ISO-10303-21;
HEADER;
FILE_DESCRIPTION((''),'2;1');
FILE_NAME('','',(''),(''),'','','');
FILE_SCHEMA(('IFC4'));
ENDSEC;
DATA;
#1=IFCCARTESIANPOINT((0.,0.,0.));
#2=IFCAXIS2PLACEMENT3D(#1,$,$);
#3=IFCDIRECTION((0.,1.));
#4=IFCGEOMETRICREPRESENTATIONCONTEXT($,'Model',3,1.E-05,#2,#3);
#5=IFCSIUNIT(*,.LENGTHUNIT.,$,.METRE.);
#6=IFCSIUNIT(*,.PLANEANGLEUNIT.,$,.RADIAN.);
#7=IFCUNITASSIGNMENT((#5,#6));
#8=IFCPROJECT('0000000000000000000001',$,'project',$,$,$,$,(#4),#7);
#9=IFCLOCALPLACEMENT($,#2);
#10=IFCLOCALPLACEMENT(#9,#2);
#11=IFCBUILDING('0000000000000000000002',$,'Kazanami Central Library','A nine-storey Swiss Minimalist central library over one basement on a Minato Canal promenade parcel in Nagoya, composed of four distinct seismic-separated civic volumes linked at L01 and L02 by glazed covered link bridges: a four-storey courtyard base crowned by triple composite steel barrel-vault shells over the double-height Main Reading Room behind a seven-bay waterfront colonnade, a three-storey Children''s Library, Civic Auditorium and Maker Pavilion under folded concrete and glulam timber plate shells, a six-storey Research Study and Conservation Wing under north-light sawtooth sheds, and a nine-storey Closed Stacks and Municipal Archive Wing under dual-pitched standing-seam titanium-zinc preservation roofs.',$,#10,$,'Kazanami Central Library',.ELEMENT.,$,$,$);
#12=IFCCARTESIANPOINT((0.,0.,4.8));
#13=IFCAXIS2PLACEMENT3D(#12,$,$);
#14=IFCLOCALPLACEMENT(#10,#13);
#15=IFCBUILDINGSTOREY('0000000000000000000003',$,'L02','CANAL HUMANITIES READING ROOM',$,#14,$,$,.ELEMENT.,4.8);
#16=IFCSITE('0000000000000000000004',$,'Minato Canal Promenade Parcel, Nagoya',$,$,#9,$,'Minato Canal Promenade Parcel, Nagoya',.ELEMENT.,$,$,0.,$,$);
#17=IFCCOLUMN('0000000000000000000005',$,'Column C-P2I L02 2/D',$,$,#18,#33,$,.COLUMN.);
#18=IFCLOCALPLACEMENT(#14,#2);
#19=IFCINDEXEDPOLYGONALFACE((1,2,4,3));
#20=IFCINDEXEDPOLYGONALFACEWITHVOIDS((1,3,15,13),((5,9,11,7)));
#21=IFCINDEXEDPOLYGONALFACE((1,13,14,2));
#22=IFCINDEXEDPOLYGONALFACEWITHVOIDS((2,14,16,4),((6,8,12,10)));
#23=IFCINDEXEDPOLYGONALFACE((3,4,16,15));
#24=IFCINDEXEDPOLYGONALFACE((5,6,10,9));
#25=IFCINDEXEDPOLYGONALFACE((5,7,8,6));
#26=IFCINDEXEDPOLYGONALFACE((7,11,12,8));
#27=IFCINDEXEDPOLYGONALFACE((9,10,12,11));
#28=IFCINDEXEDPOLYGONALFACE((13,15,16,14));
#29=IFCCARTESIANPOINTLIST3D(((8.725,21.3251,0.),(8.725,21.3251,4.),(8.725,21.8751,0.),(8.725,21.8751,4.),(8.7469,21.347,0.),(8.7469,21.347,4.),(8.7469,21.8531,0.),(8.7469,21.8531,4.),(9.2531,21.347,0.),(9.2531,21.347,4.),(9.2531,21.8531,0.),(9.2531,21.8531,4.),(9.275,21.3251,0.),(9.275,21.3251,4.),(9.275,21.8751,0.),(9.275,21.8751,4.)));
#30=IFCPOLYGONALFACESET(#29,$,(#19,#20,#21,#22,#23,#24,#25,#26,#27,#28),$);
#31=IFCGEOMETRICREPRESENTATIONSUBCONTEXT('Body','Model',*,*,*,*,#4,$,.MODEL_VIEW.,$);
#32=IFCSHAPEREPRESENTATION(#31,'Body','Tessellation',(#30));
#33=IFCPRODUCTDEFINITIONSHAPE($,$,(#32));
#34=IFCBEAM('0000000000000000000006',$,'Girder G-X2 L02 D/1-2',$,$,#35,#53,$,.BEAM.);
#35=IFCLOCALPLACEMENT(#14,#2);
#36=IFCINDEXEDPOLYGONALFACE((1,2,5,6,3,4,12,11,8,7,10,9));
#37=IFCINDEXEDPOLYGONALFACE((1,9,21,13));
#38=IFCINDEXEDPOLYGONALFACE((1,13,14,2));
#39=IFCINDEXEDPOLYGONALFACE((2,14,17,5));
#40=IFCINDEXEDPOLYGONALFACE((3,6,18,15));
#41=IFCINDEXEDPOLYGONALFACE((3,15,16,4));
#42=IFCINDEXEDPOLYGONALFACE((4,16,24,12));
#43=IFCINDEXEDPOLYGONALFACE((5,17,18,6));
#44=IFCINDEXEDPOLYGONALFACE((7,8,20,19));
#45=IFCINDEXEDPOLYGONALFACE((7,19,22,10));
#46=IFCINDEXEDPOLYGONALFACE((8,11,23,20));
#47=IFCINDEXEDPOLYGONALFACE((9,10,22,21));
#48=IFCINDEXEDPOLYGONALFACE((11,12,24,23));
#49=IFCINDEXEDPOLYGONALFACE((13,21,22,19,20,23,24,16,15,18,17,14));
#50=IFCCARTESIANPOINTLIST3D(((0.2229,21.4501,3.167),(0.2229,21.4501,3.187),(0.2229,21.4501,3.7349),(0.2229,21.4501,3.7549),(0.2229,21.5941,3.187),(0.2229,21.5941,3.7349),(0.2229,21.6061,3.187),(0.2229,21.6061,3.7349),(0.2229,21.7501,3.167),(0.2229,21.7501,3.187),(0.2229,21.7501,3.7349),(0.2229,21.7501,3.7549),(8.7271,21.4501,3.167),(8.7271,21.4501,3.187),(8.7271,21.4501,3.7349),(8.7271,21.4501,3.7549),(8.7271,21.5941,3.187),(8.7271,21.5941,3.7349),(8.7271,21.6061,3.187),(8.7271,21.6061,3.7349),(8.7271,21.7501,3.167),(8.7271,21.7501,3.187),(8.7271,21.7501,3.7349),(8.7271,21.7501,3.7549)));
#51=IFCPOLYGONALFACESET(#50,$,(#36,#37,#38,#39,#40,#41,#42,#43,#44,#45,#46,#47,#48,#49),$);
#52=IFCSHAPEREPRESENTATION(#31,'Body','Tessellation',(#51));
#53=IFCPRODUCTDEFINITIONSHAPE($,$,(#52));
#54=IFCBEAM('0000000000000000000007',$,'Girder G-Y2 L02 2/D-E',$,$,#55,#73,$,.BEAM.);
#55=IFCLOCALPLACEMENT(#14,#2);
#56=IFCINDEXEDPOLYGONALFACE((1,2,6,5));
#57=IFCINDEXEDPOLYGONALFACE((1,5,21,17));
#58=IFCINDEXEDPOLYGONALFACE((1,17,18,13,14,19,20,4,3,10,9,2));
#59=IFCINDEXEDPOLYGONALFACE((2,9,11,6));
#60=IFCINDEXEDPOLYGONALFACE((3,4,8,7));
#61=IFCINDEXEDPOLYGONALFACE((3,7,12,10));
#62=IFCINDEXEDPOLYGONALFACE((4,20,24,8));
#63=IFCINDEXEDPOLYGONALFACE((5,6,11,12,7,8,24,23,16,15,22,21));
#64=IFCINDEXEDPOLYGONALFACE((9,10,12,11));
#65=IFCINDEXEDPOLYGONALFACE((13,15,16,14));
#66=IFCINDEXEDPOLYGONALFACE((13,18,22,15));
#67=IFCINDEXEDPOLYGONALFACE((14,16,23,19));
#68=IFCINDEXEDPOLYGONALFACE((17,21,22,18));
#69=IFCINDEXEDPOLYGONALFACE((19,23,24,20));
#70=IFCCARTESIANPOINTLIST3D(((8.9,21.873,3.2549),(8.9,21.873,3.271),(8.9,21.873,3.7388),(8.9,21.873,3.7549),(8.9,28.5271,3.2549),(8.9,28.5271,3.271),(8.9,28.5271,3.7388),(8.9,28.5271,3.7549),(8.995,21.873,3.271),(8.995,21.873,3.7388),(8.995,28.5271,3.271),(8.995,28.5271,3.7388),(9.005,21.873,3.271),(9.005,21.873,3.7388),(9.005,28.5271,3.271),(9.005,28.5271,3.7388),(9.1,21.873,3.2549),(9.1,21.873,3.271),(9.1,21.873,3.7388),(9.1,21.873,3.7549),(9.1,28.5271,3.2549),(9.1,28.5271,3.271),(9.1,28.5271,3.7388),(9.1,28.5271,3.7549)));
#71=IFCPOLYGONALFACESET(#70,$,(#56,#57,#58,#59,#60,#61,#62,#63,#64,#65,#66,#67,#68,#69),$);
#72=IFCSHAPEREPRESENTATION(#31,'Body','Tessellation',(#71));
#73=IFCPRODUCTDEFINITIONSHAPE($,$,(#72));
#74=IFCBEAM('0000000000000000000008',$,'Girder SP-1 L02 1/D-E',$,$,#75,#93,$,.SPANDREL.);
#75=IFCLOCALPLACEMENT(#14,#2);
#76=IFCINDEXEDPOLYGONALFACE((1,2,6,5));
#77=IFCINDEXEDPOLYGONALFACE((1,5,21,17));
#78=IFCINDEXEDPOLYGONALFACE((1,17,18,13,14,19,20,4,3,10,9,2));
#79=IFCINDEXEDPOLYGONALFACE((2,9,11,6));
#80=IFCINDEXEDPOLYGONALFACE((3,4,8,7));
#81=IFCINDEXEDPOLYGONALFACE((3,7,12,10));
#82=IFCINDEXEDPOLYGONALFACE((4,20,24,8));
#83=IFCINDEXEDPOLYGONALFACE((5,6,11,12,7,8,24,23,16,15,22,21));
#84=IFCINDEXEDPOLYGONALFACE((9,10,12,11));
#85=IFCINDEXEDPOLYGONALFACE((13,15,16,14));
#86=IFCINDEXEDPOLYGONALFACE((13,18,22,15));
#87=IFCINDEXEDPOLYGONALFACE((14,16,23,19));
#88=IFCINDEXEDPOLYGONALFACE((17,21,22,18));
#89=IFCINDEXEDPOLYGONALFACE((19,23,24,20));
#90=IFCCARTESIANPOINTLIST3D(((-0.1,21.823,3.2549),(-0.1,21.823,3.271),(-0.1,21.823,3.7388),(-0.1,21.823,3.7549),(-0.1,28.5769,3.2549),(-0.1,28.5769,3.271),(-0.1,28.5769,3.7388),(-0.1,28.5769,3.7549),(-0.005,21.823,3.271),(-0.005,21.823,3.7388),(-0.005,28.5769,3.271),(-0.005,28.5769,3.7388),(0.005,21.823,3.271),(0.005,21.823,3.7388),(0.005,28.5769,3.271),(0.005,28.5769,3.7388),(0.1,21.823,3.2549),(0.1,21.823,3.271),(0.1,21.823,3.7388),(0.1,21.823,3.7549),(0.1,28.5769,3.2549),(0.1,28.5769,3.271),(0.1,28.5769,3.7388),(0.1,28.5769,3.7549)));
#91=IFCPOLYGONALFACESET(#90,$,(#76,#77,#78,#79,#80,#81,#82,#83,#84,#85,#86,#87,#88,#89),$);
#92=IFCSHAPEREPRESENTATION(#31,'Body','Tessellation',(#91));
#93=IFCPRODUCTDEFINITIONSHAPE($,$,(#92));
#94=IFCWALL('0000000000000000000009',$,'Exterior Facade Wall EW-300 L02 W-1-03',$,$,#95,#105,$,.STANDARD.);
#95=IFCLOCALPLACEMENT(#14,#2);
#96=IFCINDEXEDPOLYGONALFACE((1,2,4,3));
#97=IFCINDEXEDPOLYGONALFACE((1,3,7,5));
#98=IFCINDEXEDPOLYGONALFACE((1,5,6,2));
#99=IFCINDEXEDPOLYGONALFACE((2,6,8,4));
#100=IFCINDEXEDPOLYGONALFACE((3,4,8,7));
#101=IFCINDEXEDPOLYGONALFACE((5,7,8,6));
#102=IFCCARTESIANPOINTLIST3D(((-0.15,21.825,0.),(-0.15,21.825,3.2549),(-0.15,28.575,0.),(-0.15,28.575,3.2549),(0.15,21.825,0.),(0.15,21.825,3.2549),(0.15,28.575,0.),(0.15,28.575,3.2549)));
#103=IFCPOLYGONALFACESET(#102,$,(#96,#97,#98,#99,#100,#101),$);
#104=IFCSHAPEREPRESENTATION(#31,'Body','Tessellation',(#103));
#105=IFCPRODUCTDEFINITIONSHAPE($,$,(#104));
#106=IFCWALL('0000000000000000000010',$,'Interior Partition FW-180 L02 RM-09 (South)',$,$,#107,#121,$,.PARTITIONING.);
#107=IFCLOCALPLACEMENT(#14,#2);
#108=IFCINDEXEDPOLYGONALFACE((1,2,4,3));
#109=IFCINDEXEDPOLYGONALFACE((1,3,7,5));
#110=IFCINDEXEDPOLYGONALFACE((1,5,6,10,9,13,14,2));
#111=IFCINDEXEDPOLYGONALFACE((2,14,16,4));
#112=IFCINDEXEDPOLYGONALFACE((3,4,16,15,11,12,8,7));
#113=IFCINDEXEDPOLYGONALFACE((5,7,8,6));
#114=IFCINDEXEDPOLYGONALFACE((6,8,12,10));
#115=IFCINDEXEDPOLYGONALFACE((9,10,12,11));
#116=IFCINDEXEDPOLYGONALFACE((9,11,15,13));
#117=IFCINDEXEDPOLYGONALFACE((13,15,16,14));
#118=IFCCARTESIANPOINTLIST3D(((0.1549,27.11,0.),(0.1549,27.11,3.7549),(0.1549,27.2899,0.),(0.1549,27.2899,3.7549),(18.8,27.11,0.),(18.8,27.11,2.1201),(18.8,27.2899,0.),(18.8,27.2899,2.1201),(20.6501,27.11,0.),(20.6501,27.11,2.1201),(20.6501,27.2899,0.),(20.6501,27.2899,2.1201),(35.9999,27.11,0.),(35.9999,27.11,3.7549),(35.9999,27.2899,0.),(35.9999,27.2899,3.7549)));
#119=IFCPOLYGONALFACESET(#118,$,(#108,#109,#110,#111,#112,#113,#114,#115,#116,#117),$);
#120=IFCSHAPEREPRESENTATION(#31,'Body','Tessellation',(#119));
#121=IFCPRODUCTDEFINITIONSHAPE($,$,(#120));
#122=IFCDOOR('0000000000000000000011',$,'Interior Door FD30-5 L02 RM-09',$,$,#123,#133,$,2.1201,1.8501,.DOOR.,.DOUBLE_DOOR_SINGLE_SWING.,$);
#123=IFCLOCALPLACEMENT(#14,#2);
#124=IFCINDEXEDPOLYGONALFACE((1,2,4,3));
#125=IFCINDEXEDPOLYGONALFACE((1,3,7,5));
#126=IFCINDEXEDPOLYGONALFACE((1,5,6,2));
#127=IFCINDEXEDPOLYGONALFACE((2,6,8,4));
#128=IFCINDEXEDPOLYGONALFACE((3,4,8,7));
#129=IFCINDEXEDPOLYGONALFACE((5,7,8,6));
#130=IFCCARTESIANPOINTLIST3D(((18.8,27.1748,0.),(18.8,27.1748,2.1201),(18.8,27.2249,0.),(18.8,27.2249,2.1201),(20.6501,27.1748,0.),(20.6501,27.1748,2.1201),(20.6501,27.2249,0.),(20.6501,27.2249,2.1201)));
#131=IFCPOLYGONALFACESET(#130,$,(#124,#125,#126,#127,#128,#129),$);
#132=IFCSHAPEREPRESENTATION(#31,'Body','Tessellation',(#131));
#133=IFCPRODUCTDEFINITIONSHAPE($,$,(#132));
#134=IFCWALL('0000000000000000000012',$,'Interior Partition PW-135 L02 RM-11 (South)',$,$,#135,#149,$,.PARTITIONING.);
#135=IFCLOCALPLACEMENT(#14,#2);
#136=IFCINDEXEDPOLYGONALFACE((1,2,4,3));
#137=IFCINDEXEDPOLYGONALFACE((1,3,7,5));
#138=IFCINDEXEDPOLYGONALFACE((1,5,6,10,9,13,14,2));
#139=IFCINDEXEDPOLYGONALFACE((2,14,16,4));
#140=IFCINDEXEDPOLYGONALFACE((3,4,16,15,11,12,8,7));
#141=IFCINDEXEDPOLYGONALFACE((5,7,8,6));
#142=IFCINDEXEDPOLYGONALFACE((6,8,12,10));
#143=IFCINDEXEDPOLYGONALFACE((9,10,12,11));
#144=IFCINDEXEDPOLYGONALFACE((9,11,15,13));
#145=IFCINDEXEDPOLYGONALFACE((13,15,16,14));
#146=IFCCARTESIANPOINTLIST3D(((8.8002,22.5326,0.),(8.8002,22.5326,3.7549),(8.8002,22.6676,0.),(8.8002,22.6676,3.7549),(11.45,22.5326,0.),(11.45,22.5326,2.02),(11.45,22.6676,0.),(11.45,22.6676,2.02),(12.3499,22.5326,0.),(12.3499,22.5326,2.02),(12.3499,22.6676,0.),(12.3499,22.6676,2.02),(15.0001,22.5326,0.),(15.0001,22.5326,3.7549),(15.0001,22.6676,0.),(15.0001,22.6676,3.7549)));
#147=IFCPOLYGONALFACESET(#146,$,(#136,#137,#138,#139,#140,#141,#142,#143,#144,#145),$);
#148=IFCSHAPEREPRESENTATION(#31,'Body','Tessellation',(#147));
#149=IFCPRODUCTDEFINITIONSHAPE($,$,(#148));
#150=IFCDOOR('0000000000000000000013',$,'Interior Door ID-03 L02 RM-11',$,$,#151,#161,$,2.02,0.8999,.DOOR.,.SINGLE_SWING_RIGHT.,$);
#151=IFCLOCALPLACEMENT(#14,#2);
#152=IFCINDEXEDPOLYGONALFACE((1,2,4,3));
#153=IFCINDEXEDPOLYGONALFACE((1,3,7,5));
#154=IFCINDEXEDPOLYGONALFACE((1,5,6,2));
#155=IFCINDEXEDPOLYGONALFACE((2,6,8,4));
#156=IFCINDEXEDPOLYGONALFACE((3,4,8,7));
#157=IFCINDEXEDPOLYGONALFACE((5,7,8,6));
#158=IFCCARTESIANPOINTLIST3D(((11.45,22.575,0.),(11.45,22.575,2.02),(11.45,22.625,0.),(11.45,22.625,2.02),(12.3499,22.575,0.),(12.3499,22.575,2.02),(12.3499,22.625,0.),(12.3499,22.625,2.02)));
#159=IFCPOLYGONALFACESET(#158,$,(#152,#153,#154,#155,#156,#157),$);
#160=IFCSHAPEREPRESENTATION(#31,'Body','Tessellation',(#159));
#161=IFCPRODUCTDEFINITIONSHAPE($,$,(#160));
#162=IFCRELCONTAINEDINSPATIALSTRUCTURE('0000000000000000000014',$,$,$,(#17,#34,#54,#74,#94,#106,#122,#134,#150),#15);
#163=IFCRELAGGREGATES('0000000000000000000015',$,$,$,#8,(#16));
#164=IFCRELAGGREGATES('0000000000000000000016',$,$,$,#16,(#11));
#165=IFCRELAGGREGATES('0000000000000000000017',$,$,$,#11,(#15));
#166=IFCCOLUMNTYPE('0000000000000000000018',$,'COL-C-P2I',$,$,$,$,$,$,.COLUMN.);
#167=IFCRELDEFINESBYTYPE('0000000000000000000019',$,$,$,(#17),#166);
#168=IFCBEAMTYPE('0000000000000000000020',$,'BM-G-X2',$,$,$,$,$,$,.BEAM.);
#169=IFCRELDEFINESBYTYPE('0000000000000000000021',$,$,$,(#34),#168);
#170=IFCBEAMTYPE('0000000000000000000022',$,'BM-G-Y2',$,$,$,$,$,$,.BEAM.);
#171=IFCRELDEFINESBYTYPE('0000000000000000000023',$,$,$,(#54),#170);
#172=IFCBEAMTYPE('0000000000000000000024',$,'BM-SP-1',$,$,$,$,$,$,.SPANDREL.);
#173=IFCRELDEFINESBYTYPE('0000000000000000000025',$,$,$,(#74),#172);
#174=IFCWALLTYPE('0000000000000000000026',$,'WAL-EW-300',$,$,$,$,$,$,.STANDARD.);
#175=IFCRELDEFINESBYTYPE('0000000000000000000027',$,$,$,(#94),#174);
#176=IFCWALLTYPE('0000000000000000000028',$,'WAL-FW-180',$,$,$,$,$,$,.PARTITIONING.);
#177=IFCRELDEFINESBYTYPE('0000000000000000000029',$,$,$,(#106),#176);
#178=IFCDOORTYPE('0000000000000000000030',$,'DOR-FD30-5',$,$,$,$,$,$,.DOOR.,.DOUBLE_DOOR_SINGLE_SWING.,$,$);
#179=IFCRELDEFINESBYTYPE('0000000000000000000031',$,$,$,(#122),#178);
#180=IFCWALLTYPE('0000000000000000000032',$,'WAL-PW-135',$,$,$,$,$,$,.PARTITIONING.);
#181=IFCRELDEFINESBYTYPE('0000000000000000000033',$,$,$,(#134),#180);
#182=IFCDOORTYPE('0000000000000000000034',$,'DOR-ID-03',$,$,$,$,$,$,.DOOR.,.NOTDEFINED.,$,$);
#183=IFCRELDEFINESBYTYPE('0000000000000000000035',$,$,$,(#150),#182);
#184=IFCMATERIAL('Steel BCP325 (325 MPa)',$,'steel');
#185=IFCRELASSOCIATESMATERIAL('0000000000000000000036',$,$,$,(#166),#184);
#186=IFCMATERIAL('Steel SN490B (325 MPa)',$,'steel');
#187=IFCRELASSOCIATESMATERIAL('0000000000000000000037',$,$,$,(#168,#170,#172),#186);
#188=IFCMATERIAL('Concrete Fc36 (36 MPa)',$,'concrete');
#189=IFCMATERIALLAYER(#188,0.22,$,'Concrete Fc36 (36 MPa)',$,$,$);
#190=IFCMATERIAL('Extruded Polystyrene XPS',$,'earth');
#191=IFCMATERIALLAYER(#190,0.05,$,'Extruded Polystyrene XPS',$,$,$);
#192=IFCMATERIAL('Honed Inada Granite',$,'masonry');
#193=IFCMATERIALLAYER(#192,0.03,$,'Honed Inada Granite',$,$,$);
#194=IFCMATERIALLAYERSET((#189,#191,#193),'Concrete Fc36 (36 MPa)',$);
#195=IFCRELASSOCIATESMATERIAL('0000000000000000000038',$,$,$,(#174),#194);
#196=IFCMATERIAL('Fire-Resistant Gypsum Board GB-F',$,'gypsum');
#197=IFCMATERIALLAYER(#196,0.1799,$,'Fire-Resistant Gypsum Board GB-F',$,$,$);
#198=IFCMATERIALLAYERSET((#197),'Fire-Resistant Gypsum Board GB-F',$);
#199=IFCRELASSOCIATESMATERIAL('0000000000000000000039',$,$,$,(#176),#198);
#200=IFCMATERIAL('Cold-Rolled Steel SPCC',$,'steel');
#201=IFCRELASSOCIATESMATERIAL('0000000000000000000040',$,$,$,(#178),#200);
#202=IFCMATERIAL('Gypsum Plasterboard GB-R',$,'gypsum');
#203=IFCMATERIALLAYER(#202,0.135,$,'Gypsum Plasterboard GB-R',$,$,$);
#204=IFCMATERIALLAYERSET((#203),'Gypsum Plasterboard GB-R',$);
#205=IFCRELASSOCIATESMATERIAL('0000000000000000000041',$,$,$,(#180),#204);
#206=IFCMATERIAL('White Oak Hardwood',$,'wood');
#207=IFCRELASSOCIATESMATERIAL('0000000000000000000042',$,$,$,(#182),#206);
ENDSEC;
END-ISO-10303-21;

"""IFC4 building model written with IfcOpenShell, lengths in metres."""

from ifc_helpers import new_model, si_unit, direction, frame, frame_2d, origin, origin_2d, place, context, subcontext, project, spatial, rectangle, hollow_rectangle, i_section, extrude, material, layer, layer_set, material_profile, profile_set, type_object, element, fill, save


model = new_model("IFC4")

# Units and contexts
model_context = context("Model", 3, precision=1e-05, world=origin(), true_north=direction((0.0, 1.0)))
body_context = subcontext(model_context, "Body", "Model", "MODEL_VIEW")
ifc_project = project(units=[si_unit("LENGTHUNIT", "METRE"), si_unit("PLANEANGLEUNIT", "RADIAN")], contexts=[model_context])

# Site, building, storey
site_placement = place(None, origin())
site = spatial("IfcSite", under=ifc_project, at=site_placement, Name="Minato Canal Promenade Parcel, Nagoya", LongName="Minato Canal Promenade Parcel, Nagoya", CompositionType="ELEMENT", RefElevation=0.0)
building_placement = place(site_placement, origin())
building = spatial("IfcBuilding", under=site, at=building_placement, Name="Kazanami Central Library", Description="A nine-storey Swiss Minimalist central library over one basement on a Minato Canal promenade parcel in Nagoya, composed of four distinct seismic-separated civic volumes linked at L01 and L02 by glazed covered link bridges: a four-storey courtyard base crowned by triple composite steel barrel-vault shells over the double-height Main Reading Room behind a seven-bay waterfront colonnade, a three-storey Children's Library, Civic Auditorium and Maker Pavilion under folded concrete and glulam timber plate shells, a six-storey Research Study and Conservation Wing under north-light sawtooth sheds, and a nine-storey Closed Stacks and Municipal Archive Wing under dual-pitched standing-seam titanium-zinc preservation roofs.", LongName="Kazanami Central Library", CompositionType="ELEMENT")
storey_placement = place(building_placement, frame((0.0, 0.0, 4.8)))
storey = spatial("IfcBuildingStorey", under=building, at=storey_placement, Name="L02", Description="CANAL HUMANITIES READING ROOM", CompositionType="ELEMENT", Elevation=4.8)

# Column
ifc_material_1 = material(Name="Steel BCP325 (325 MPa)", Category="steel")
ifc_material_profile_1 = material_profile(ifc_material_1, hollow_rectangle(XDim=0.55, YDim=0.55, WallThickness=0.022, at=origin_2d()), Name="BCP-550x550x22")
ifc_profile_set_1 = profile_set([ifc_material_profile_1], Name="Steel BCP325 (325 MPa)")
column_type = type_object("IfcColumnType", Name="COL-C-P2I", PredefinedType="COLUMN", material=ifc_profile_set_1)
column_placement = place(storey_placement, frame((9.0, 21.6001, 0.0), z_axis=(0.0, 0.0, 1.0), x_axis=(1.0, 0.0, 0.0)))
element("IfcColumn", 1, at=column_placement, inside=storey, type_object=column_type, Name="Column C-P2I L02 2/D", PredefinedType="COLUMN", context=body_context, shape_type="SweptSolid", body=[
    extrude(hollow_rectangle(XDim=0.55, YDim=0.55, WallThickness=0.022, at=origin_2d()), origin(), (0.0, 0.0, 1.0), 4.0),
])

# Beams
ifc_material_2 = material(Name="Steel SN490B (325 MPa)", Category="steel")
ifc_material_profile_2 = material_profile(ifc_material_2, i_section(OverallWidth=0.3, OverallDepth=0.5879, WebThickness=0.012, FlangeThickness=0.02, at=origin_2d()), Name="H-588x300x12x20")
ifc_profile_set_2 = profile_set([ifc_material_profile_2], Name="Steel SN490B (325 MPa)")
beam_type_1 = type_object("IfcBeamType", Name="BM-G-X2", PredefinedType="BEAM", material=ifc_profile_set_2)
beam_1_placement = place(storey_placement, frame((0.2229, 21.6001, 3.4609), z_axis=(1.0, 0.0, 0.0), x_axis=(0.0, 1.0, 0.0)))
element("IfcBeam", 2, at=beam_1_placement, inside=storey, type_object=beam_type_1, Name="Girder G-X2 L02 D/1-2", PredefinedType="BEAM", context=body_context, shape_type="SweptSolid", body=[
    extrude(i_section(OverallWidth=0.3, OverallDepth=0.5879, WebThickness=0.012, FlangeThickness=0.02, at=origin_2d()), origin(), (0.0, 0.0, 1.0), 8.5042),
])
ifc_material_profile_3 = material_profile(ifc_material_2, i_section(OverallWidth=0.2, OverallDepth=0.5, WebThickness=0.01, FlangeThickness=0.0161, at=origin_2d()), Name="H-500x200x10x16")
ifc_profile_set_3 = profile_set([ifc_material_profile_3], Name="Steel SN490B (325 MPa)")
beam_type_2 = type_object("IfcBeamType", Name="BM-G-Y2", PredefinedType="BEAM", material=ifc_profile_set_3)
beam_2_placement = place(storey_placement, frame((9.0, 21.873, 3.5049), z_axis=(0.0, 1.0, 0.0), x_axis=(-1.0, 0.0, 0.0)))
element("IfcBeam", 3, at=beam_2_placement, inside=storey, type_object=beam_type_2, Name="Girder G-Y2 L02 2/D-E", PredefinedType="BEAM", context=body_context, shape_type="SweptSolid", body=[
    extrude(i_section(OverallWidth=0.2, OverallDepth=0.5, WebThickness=0.01, FlangeThickness=0.0161, at=origin_2d()), origin(), (0.0, 0.0, 1.0), 6.6541),
])
ifc_material_profile_4 = material_profile(ifc_material_2, i_section(OverallWidth=0.2, OverallDepth=0.5, WebThickness=0.01, FlangeThickness=0.0161, at=origin_2d()), Name="H-500x200x10x16")
ifc_profile_set_4 = profile_set([ifc_material_profile_4], Name="Steel SN490B (325 MPa)")
beam_type_3 = type_object("IfcBeamType", Name="BM-SP-1", PredefinedType="SPANDREL", material=ifc_profile_set_4)
beam_3_placement = place(storey_placement, frame((0.0, 21.823, 3.5049), z_axis=(0.0, 1.0, 0.0), x_axis=(-1.0, 0.0, 0.0)))
element("IfcBeam", 4, at=beam_3_placement, inside=storey, type_object=beam_type_3, Name="Girder SP-1 L02 1/D-E", PredefinedType="SPANDREL", context=body_context, shape_type="SweptSolid", body=[
    extrude(i_section(OverallWidth=0.2, OverallDepth=0.5, WebThickness=0.01, FlangeThickness=0.0161, at=origin_2d()), origin(), (0.0, 0.0, 1.0), 6.7539),
])

# Wall
ifc_material_3 = material(Name="Concrete Fc36 (36 MPa)", Category="concrete")
ifc_layer_1 = layer(ifc_material_3, 0.22, Name="Concrete Fc36 (36 MPa)")
ifc_material_4 = material(Name="Extruded Polystyrene XPS", Category="earth")
ifc_layer_2 = layer(ifc_material_4, 0.05, Name="Extruded Polystyrene XPS")
ifc_material_5 = material(Name="Honed Inada Granite", Category="masonry")
ifc_layer_3 = layer(ifc_material_5, 0.03, Name="Honed Inada Granite")
ifc_layer_set_1 = layer_set([ifc_layer_1, ifc_layer_2, ifc_layer_3], Name="Concrete Fc36 (36 MPa)")
wall_type_1 = type_object("IfcWallType", Name="WAL-EW-300", PredefinedType="STANDARD", material=ifc_layer_set_1)
wall_1_placement = place(storey_placement, frame((0.0, 21.825, 0.0), z_axis=(0.0, 0.0, 1.0), x_axis=(0.0, 1.0, 0.0)))
element("IfcWall", 5, at=wall_1_placement, inside=storey, type_object=wall_type_1, Name="Exterior Facade Wall EW-300 L02 W-1-03", PredefinedType="STANDARD", context=body_context, shape_type="SweptSolid", body=[
    extrude(rectangle(XDim=6.75, YDim=0.3, at=frame_2d((3.375, 0.0))), origin(), (0.0, 0.0, 1.0), 3.2549),
])

# Walls, openings, doors
ifc_material_6 = material(Name="Fire-Resistant Gypsum Board GB-F", Category="gypsum")
ifc_layer_4 = layer(ifc_material_6, 0.1799, Name="Fire-Resistant Gypsum Board GB-F")
ifc_layer_set_2 = layer_set([ifc_layer_4], Name="Fire-Resistant Gypsum Board GB-F")
wall_type_2 = type_object("IfcWallType", Name="WAL-FW-180", PredefinedType="PARTITIONING", material=ifc_layer_set_2)
wall_2_placement = place(storey_placement, frame((0.155, 27.2, 0.0), z_axis=(0.0, 0.0, 1.0), x_axis=(1.0, 0.0, 0.0)))
wall_2 = element("IfcWall", 6, at=wall_2_placement, inside=storey, type_object=wall_type_2, Name="Interior Partition FW-180 L02 RM-09 (South)", PredefinedType="PARTITIONING", context=body_context, shape_type="SweptSolid", body=[
    extrude(rectangle(XDim=35.845, YDim=0.1799, at=frame_2d((17.9224, 0.0))), origin(), (0.0, 0.0, 1.0), 3.7549),
])
opening_1_placement = place(wall_2_placement, frame((18.645, 0.0, 0.0)))
opening_1 = element("IfcOpeningElement", 7, at=opening_1_placement, cuts=wall_2, PredefinedType="OPENING", context=body_context, shape_type="SweptSolid", body=[
    extrude(rectangle(XDim=1.8501, YDim=2.1201, at=frame_2d((0.925, 1.0601))), frame((0.0, 0.1021, 0.0), z_axis=(0.0, -1.0, 0.0), x_axis=(1.0, 0.0, 0.0)), (0.0, 0.0, 1.0), 0.2039),
])
ifc_material_7 = material(Name="Cold-Rolled Steel SPCC", Category="steel")
door_type_1 = type_object("IfcDoorType", Name="DOR-FD30-5", OperationType="DOUBLE_DOOR_SINGLE_SWING", PredefinedType="DOOR", material=ifc_material_7)
door_1_placement = place(opening_1_placement, origin())
door_1 = element("IfcDoor", 8, at=door_1_placement, inside=storey, type_object=door_type_1, Name="Interior Door FD30-5 L02 RM-09", OperationType="DOUBLE_DOOR_SINGLE_SWING", OverallHeight=2.1201, OverallWidth=1.8501, PredefinedType="DOOR", context=body_context, shape_type="SweptSolid", body=[
    extrude(rectangle(XDim=1.8501, YDim=2.1201, at=frame_2d((0.925, 1.0601))), frame((0.0, 0.0249, 0.0), z_axis=(0.0, -1.0, 0.0), x_axis=(1.0, 0.0, 0.0)), (0.0, 0.0, 1.0), 0.05),
])
fill(opening_1, door_1)
ifc_material_8 = material(Name="Gypsum Plasterboard GB-R", Category="gypsum")
ifc_layer_5 = layer(ifc_material_8, 0.135, Name="Gypsum Plasterboard GB-R")
ifc_layer_set_3 = layer_set([ifc_layer_5], Name="Gypsum Plasterboard GB-R")
wall_type_3 = type_object("IfcWallType", Name="WAL-PW-135", PredefinedType="PARTITIONING", material=ifc_layer_set_3)
wall_3_placement = place(storey_placement, frame((8.8, 22.6001, 0.0), z_axis=(0.0, 0.0, 1.0), x_axis=(1.0, 0.0, 0.0)))
wall_3 = element("IfcWall", 9, at=wall_3_placement, inside=storey, type_object=wall_type_3, Name="Interior Partition PW-135 L02 RM-11 (South)", PredefinedType="PARTITIONING", context=body_context, shape_type="SweptSolid", body=[
    extrude(rectangle(XDim=6.2, YDim=0.135, at=frame_2d((3.1001, 0.0))), origin(), (0.0, 0.0, 1.0), 3.7549),
])
opening_2_placement = place(wall_3_placement, frame((2.6499, 0.0, 0.0)))
opening_2 = element("IfcOpeningElement", 10, at=opening_2_placement, cuts=wall_3, PredefinedType="OPENING", context=body_context, shape_type="SweptSolid", body=[
    extrude(rectangle(XDim=0.8999, YDim=2.02, at=frame_2d((0.45, 1.01))), frame((0.0, 0.0796, 0.0), z_axis=(0.0, -1.0, 0.0), x_axis=(1.0, 0.0, 0.0)), (0.0, 0.0, 1.0), 0.1589),
])
ifc_material_9 = material(Name="White Oak Hardwood", Category="wood")
door_type_2 = type_object("IfcDoorType", Name="DOR-ID-03", OperationType="NOTDEFINED", PredefinedType="DOOR", material=ifc_material_9)
door_2_placement = place(opening_2_placement, origin())
door_2 = element("IfcDoor", 11, at=door_2_placement, inside=storey, type_object=door_type_2, Name="Interior Door ID-03 L02 RM-11", OperationType="SINGLE_SWING_RIGHT", OverallHeight=2.02, OverallWidth=0.8999, PredefinedType="DOOR", context=body_context, shape_type="SweptSolid", body=[
    extrude(rectangle(XDim=0.8999, YDim=2.02, at=frame_2d((0.45, 1.01))), frame((0.0, 0.0249, 0.0), z_axis=(0.0, -1.0, 0.0), x_axis=(1.0, 0.0, 0.0)), (0.0, 0.0, 1.0), 0.05),
])
fill(opening_2, door_2)

save(model, "model.ifc")
